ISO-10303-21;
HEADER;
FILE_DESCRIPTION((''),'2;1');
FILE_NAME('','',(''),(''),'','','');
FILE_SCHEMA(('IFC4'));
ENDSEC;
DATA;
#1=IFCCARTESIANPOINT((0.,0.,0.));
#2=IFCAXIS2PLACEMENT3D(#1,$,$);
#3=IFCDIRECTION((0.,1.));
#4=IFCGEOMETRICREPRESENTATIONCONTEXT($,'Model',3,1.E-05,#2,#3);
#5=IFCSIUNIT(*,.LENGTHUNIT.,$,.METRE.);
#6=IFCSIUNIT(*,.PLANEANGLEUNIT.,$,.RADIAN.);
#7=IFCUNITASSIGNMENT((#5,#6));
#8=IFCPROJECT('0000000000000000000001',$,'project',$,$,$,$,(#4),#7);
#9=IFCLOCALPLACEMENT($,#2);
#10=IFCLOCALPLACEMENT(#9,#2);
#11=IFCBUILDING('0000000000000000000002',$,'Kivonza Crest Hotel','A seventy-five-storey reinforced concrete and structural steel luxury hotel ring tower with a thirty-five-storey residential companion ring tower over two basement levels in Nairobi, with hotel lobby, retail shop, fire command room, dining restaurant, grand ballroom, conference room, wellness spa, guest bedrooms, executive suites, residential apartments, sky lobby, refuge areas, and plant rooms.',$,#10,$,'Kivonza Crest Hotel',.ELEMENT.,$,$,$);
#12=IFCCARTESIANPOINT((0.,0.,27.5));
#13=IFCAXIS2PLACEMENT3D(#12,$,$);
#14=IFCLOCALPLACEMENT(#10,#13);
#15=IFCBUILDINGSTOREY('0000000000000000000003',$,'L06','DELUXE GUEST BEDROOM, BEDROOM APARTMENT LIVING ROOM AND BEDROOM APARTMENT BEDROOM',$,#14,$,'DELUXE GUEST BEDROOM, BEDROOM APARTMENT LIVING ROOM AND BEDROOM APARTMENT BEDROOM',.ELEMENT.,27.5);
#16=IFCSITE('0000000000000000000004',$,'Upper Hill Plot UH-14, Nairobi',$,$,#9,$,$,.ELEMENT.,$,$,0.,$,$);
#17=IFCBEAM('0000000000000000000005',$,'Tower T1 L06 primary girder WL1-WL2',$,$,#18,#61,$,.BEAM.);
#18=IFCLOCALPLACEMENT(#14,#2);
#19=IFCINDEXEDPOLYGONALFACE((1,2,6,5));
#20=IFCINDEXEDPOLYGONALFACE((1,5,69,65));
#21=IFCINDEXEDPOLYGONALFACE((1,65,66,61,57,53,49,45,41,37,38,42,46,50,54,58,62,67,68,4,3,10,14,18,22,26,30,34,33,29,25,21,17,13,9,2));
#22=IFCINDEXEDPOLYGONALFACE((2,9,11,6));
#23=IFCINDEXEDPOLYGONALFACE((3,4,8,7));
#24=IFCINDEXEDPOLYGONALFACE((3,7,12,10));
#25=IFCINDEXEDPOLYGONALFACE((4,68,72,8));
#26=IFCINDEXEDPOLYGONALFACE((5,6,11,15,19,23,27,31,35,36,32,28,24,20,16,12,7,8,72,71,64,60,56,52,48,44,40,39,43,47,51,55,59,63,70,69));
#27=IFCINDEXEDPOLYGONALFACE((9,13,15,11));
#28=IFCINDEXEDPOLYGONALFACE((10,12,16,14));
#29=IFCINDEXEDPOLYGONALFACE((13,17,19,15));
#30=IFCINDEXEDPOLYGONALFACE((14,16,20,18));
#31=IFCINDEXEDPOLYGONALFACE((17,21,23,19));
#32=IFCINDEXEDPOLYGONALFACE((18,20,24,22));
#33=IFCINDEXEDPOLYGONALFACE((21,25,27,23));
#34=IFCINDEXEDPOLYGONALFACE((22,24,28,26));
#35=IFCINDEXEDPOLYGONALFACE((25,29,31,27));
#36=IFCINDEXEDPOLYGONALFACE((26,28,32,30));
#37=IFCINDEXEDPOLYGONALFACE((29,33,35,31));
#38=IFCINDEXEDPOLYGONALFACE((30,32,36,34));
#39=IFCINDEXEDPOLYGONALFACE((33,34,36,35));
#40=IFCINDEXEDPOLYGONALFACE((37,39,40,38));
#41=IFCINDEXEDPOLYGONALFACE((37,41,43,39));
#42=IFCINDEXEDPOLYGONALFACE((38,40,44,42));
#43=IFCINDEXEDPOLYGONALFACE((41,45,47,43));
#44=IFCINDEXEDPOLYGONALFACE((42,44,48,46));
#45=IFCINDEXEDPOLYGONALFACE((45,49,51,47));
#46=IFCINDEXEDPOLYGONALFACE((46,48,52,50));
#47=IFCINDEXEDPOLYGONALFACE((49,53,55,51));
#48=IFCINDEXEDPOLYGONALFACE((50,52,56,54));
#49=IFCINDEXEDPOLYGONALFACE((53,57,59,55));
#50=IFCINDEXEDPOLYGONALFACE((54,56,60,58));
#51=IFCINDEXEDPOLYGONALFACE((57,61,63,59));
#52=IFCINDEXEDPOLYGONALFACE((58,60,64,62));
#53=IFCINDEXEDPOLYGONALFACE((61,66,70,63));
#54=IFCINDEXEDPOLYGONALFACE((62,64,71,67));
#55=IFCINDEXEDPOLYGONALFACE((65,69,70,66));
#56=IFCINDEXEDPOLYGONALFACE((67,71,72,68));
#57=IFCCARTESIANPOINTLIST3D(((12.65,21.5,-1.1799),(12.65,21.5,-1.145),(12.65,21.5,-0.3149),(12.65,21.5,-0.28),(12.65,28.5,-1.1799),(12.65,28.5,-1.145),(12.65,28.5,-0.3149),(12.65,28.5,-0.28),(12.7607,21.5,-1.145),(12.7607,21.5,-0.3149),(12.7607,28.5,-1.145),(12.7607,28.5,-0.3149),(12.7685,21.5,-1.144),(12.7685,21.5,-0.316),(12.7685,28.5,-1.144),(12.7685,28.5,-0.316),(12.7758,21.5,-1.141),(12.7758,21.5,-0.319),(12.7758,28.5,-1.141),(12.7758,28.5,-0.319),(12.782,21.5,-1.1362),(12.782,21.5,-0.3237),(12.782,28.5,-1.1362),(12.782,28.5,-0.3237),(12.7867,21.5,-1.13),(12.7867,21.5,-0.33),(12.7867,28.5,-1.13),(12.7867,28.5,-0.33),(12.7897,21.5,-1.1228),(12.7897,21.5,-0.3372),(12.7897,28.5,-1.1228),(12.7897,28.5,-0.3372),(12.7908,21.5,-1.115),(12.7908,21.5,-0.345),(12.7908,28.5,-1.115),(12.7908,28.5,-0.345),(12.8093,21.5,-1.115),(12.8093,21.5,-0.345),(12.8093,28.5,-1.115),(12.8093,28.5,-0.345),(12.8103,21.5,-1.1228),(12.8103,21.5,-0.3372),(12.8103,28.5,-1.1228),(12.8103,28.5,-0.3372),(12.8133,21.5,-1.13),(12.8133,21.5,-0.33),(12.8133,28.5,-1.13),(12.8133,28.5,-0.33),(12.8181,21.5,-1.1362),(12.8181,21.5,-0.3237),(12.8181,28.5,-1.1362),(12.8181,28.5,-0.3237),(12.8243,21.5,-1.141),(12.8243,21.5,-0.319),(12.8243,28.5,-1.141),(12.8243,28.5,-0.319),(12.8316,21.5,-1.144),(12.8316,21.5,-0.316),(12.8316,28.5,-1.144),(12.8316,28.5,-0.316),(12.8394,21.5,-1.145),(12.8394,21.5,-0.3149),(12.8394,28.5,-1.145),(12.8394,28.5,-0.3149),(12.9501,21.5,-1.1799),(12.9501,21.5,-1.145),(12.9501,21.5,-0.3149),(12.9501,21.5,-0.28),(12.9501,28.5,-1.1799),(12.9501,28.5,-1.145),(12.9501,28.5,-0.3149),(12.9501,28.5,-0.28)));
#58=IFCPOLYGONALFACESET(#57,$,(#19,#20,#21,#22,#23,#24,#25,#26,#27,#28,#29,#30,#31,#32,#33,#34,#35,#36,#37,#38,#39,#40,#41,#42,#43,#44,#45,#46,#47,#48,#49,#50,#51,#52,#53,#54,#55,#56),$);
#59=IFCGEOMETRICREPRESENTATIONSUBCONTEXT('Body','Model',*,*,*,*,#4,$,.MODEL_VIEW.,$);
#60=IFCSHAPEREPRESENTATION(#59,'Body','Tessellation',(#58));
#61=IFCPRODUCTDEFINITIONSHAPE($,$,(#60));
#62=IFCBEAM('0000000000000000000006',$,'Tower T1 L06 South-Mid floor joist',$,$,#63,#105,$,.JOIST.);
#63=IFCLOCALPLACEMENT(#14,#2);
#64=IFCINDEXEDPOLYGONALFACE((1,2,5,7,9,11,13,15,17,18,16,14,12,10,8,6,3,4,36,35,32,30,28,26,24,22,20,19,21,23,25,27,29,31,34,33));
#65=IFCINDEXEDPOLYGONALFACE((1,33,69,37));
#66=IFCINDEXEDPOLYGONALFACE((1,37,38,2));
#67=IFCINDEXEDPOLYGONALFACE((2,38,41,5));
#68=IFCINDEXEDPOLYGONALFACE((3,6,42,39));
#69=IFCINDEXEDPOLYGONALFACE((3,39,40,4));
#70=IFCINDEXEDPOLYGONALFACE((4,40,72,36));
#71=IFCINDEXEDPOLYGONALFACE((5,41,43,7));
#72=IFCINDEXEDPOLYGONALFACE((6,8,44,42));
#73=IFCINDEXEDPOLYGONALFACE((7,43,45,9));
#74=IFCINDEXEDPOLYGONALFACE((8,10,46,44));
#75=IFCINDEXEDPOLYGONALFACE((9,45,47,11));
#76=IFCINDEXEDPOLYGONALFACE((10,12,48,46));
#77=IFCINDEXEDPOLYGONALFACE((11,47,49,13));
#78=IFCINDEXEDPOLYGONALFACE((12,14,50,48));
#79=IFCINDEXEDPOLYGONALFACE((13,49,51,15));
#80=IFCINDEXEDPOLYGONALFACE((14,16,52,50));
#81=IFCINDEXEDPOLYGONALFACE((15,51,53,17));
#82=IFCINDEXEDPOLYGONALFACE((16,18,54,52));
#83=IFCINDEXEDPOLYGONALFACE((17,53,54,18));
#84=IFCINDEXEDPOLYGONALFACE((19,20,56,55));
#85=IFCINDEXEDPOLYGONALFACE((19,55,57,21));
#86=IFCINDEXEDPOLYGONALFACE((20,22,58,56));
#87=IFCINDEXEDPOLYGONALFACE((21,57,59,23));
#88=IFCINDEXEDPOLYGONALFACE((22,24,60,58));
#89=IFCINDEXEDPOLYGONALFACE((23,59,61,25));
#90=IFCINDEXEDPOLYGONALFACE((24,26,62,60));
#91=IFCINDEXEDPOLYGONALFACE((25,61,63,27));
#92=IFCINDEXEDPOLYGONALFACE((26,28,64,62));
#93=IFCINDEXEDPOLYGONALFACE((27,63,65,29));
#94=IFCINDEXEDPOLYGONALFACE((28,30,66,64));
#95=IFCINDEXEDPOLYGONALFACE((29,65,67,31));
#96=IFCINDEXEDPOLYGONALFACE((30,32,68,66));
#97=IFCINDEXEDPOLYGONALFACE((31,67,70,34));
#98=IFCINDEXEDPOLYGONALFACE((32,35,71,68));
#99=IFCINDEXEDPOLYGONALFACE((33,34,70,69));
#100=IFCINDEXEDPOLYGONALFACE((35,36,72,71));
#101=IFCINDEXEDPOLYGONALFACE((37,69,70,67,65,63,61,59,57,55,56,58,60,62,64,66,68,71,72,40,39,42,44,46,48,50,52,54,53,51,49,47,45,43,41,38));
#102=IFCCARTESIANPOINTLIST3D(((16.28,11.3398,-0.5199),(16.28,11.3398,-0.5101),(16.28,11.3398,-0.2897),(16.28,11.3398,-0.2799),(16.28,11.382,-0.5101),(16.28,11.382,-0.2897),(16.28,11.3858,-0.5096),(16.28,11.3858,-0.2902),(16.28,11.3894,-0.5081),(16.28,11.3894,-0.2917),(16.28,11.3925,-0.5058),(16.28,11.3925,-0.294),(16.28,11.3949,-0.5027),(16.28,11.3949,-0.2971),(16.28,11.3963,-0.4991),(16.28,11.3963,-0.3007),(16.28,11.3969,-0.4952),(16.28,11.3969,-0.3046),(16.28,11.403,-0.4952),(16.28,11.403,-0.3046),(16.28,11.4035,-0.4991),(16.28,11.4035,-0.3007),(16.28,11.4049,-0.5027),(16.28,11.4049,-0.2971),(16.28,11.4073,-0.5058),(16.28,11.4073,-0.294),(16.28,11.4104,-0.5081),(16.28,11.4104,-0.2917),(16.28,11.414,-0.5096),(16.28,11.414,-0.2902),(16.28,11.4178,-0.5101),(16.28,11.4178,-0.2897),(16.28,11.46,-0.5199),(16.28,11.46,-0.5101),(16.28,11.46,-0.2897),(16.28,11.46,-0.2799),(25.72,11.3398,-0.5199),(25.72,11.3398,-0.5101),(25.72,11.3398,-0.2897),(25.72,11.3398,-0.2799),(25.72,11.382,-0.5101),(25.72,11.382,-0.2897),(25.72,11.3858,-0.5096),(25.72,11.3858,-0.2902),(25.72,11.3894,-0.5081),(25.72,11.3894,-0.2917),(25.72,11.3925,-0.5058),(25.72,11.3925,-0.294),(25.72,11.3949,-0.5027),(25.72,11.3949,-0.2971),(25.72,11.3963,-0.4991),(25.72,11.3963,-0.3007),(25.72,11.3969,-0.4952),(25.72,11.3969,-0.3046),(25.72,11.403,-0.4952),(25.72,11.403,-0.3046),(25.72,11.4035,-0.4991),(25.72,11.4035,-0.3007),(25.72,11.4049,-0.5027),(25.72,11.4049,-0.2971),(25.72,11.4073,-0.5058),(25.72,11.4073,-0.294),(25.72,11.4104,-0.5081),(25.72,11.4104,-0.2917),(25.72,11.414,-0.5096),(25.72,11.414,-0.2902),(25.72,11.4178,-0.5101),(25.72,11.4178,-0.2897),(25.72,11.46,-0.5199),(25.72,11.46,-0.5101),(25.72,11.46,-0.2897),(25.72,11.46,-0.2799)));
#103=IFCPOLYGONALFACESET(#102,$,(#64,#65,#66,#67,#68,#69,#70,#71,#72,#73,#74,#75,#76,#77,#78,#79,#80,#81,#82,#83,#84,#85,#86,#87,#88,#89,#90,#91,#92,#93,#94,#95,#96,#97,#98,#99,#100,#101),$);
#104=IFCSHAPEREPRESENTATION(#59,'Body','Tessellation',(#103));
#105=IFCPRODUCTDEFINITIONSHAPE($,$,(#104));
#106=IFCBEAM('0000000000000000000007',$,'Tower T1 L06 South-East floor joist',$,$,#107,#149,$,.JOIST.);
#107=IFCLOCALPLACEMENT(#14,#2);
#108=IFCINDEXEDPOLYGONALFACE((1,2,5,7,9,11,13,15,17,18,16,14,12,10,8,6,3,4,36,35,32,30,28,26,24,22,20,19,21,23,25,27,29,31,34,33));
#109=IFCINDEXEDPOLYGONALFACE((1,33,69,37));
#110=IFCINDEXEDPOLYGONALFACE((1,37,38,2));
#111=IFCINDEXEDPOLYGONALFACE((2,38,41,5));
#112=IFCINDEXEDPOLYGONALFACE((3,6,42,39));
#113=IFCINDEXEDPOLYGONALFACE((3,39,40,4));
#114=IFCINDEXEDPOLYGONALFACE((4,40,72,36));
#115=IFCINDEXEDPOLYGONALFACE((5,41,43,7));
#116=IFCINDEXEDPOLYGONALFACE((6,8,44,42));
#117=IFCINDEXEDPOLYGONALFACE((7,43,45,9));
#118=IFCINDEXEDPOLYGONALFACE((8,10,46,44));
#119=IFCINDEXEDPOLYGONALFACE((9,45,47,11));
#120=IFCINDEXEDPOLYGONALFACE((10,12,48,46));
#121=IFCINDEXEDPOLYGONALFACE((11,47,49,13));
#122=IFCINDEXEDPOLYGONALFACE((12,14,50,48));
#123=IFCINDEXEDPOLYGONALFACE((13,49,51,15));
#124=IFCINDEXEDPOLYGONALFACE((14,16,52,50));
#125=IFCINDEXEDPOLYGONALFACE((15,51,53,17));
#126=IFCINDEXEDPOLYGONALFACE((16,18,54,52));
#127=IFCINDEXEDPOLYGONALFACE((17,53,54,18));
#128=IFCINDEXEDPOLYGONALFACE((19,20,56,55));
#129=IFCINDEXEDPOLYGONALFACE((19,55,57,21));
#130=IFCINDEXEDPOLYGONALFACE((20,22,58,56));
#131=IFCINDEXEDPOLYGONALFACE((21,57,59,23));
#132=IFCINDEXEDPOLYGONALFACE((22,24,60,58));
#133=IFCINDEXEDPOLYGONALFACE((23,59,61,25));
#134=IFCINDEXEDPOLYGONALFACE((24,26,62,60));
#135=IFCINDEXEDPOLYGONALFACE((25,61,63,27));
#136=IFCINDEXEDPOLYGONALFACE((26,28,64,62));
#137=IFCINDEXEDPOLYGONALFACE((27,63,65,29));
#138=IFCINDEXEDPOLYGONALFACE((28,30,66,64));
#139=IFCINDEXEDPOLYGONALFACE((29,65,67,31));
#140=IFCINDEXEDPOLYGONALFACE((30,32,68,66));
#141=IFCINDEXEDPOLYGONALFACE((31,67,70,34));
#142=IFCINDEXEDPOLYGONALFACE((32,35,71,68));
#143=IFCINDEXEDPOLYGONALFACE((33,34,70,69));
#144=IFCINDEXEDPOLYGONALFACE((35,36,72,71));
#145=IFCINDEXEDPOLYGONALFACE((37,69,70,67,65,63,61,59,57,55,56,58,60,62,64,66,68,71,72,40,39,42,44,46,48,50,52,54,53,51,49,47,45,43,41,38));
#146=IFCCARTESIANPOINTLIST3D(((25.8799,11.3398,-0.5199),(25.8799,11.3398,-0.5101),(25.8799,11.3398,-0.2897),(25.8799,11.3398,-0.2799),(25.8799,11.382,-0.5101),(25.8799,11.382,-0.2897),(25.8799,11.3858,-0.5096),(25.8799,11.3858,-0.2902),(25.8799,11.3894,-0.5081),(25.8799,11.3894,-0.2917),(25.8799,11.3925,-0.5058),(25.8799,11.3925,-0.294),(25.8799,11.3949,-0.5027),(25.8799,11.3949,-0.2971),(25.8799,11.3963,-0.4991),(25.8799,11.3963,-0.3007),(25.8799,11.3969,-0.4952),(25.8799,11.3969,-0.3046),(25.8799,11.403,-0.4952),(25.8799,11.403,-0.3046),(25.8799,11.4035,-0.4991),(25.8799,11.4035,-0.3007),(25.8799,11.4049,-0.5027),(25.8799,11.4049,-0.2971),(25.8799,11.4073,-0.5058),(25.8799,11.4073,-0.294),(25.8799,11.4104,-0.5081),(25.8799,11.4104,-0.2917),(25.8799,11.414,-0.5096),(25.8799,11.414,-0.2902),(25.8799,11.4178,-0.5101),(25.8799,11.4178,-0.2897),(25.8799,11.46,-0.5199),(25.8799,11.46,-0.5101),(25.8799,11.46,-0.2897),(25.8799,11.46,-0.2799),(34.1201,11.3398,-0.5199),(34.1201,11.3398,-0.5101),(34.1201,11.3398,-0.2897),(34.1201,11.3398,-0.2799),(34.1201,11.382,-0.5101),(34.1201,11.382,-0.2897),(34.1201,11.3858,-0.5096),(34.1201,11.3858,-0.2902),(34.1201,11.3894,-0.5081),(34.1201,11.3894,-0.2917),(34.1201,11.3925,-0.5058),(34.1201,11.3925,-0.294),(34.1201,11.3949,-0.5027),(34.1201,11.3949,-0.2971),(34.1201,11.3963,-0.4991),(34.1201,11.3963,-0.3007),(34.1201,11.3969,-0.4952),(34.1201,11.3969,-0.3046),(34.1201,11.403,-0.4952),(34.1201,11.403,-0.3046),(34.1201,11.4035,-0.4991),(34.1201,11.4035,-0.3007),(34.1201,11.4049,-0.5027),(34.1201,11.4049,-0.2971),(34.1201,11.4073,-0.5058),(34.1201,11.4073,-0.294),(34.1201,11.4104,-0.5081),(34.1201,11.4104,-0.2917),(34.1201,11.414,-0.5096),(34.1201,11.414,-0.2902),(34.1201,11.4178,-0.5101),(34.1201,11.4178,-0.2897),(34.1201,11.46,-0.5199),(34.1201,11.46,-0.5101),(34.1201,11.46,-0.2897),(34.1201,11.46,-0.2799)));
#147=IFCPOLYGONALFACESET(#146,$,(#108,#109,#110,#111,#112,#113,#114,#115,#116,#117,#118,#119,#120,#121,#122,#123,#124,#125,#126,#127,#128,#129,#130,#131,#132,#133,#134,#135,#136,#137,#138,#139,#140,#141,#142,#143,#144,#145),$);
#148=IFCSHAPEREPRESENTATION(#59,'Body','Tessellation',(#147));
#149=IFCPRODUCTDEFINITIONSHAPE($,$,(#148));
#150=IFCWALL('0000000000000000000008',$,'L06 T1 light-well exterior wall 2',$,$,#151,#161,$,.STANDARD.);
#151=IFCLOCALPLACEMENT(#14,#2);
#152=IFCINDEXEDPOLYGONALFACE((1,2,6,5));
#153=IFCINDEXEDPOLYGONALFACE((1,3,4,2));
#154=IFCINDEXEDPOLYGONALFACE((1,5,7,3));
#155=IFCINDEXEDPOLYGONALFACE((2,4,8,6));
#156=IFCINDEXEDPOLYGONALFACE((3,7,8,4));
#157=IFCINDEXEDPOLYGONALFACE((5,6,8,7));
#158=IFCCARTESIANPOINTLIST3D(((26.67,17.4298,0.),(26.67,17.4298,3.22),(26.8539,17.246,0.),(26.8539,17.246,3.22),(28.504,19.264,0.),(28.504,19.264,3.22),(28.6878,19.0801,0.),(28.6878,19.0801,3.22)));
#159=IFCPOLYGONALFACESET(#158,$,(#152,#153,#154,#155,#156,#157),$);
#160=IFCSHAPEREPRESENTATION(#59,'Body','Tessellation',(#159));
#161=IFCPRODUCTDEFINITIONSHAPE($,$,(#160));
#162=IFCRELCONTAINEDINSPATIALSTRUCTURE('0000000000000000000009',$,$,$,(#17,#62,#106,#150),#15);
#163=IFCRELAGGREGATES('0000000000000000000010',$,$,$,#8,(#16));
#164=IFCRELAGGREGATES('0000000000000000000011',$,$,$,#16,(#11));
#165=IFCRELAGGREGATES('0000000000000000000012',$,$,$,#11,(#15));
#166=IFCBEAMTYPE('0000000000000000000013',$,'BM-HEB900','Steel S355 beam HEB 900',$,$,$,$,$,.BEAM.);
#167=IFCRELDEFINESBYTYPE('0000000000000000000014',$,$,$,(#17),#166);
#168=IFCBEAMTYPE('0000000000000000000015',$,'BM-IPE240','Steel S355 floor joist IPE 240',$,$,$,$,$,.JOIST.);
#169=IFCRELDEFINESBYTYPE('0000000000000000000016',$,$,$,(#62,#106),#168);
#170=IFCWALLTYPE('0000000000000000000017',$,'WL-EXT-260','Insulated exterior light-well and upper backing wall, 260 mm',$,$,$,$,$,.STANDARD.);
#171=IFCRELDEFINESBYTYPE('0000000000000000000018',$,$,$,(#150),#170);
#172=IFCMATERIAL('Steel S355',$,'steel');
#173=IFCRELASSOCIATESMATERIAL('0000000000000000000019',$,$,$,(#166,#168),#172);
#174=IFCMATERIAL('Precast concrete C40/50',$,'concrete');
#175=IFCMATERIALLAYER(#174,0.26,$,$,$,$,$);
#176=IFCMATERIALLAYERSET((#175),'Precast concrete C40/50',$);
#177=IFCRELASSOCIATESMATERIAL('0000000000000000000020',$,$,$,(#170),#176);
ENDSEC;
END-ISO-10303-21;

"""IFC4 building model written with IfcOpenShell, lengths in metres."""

from ifc_helpers import new_model, si_unit, direction, frame, frame_2d, origin, origin_2d, place, context, subcontext, project, spatial, rectangle, i_section, extrude, material, layer, layer_set, material_profile, profile_set, type_object, element, save


model = new_model("IFC4")

# Units and contexts
model_context = context("Model", 3, precision=1e-05, world=origin(), true_north=direction((0.0, 1.0)))
body_context = subcontext(model_context, "Body", "Model", "MODEL_VIEW")
ifc_project = project(units=[si_unit("LENGTHUNIT", "METRE"), si_unit("PLANEANGLEUNIT", "RADIAN")], contexts=[model_context])

# Site, building, storey
site_placement = place(None, origin())
site = spatial("IfcSite", under=ifc_project, at=site_placement, Name="Upper Hill Plot UH-14, Nairobi", CompositionType="ELEMENT", RefElevation=0.0)
building_placement = place(site_placement, origin())
building = spatial("IfcBuilding", under=site, at=building_placement, Name="Kivonza Crest Hotel", Description="A seventy-five-storey reinforced concrete and structural steel luxury hotel ring tower with a thirty-five-storey residential companion ring tower over two basement levels in Nairobi, with hotel lobby, retail shop, fire command room, dining restaurant, grand ballroom, conference room, wellness spa, guest bedrooms, executive suites, residential apartments, sky lobby, refuge areas, and plant rooms.", LongName="Kivonza Crest Hotel", CompositionType="ELEMENT")
storey_placement = place(building_placement, frame((0.0, 0.0, 27.5)))
storey = spatial("IfcBuildingStorey", under=building, at=storey_placement, Name="L06", Description="DELUXE GUEST BEDROOM, BEDROOM APARTMENT LIVING ROOM AND BEDROOM APARTMENT BEDROOM", LongName="DELUXE GUEST BEDROOM, BEDROOM APARTMENT LIVING ROOM AND BEDROOM APARTMENT BEDROOM", CompositionType="ELEMENT", Elevation=27.5)

# Beams
ifc_material_1 = material(Name="Steel S355", Category="steel")
ifc_material_profile_1 = material_profile(ifc_material_1, i_section(OverallWidth=0.3, OverallDepth=0.8999, WebThickness=0.0186, FlangeThickness=0.0349, FilletRadius=0.03, at=origin_2d()), Name="HEB 900")
ifc_profile_set_1 = profile_set([ifc_material_profile_1], Name="Steel S355")
beam_type_1 = type_object("IfcBeamType", Name="BM-HEB900", Description="Steel S355 beam HEB 900", PredefinedType="BEAM", material=ifc_profile_set_1)
beam_1_placement = place(storey_placement, frame((12.8, 21.5, -0.73), z_axis=(0.0, 1.0, 0.0), x_axis=(-1.0, 0.0, 0.0)))
element("IfcBeam", 1, at=beam_1_placement, inside=storey, type_object=beam_type_1, Name="Tower T1 L06 primary girder WL1-WL2", PredefinedType="BEAM", context=body_context, shape_type="SweptSolid", body=[
    extrude(i_section(OverallWidth=0.3, OverallDepth=0.8999, WebThickness=0.0186, FlangeThickness=0.0349, FilletRadius=0.03, at=origin_2d()), origin(), (0.0, 0.0, 1.0), 7.0),
])
ifc_material_profile_2 = material_profile(ifc_material_1, i_section(OverallWidth=0.1201, OverallDepth=0.24, WebThickness=0.0061, FlangeThickness=0.0098, FilletRadius=0.0149, at=origin_2d()), Name="IPE 240")
ifc_profile_set_2 = profile_set([ifc_material_profile_2], Name="Steel S355")
beam_type_2 = type_object("IfcBeamType", Name="BM-IPE240", Description="Steel S355 floor joist IPE 240", PredefinedType="JOIST", material=ifc_profile_set_2)
beam_2_placement = place(storey_placement, frame((16.28, 11.3999, -0.3999), z_axis=(1.0, 0.0, 0.0), x_axis=(0.0, 1.0, 0.0)))
element("IfcBeam", 2, at=beam_2_placement, inside=storey, type_object=beam_type_2, Name="Tower T1 L06 South-Mid floor joist", PredefinedType="JOIST", context=body_context, shape_type="SweptSolid", body=[
    extrude(i_section(OverallWidth=0.1201, OverallDepth=0.24, WebThickness=0.0061, FlangeThickness=0.0098, FilletRadius=0.0149, at=origin_2d()), origin(), (0.0, 0.0, 1.0), 9.4399),
])
beam_3_placement = place(storey_placement, frame((25.8799, 11.3999, -0.3999), z_axis=(1.0, 0.0, 0.0), x_axis=(0.0, 1.0, 0.0)))
element("IfcBeam", 3, at=beam_3_placement, inside=storey, type_object=beam_type_2, Name="Tower T1 L06 South-East floor joist", PredefinedType="JOIST", context=body_context, shape_type="SweptSolid", body=[
    extrude(i_section(OverallWidth=0.1201, OverallDepth=0.24, WebThickness=0.0061, FlangeThickness=0.0098, FilletRadius=0.0149, at=origin_2d()), origin(), (0.0, 0.0, 1.0), 8.2402),
])

# Wall
ifc_material_2 = material(Name="Precast concrete C40/50", Category="concrete")
ifc_layer_1 = layer(ifc_material_2, 0.26)
ifc_layer_set_1 = layer_set([ifc_layer_1], Name="Precast concrete C40/50")
wall_type_1 = type_object("IfcWallType", Name="WL-EXT-260", Description="Insulated exterior light-well and upper backing wall, 260 mm", PredefinedType="STANDARD", material=ifc_layer_set_1)
wall_1_placement = place(storey_placement, frame((26.762, 17.3379, 0.0), z_axis=(0.0, 0.0, 1.0), x_axis=(0.70706, 0.707154, 0.0)))
element("IfcWall", 4, at=wall_1_placement, inside=storey, type_object=wall_type_1, Name="L06 T1 light-well exterior wall 2", PredefinedType="STANDARD", context=body_context, shape_type="SweptSolid", body=[
    extrude(rectangle(XDim=2.5938, YDim=0.26, at=frame_2d((1.2969, 0.0))), origin(), (0.0, 0.0, 1.0), 3.22),
])

save(model, "model.ifc")
